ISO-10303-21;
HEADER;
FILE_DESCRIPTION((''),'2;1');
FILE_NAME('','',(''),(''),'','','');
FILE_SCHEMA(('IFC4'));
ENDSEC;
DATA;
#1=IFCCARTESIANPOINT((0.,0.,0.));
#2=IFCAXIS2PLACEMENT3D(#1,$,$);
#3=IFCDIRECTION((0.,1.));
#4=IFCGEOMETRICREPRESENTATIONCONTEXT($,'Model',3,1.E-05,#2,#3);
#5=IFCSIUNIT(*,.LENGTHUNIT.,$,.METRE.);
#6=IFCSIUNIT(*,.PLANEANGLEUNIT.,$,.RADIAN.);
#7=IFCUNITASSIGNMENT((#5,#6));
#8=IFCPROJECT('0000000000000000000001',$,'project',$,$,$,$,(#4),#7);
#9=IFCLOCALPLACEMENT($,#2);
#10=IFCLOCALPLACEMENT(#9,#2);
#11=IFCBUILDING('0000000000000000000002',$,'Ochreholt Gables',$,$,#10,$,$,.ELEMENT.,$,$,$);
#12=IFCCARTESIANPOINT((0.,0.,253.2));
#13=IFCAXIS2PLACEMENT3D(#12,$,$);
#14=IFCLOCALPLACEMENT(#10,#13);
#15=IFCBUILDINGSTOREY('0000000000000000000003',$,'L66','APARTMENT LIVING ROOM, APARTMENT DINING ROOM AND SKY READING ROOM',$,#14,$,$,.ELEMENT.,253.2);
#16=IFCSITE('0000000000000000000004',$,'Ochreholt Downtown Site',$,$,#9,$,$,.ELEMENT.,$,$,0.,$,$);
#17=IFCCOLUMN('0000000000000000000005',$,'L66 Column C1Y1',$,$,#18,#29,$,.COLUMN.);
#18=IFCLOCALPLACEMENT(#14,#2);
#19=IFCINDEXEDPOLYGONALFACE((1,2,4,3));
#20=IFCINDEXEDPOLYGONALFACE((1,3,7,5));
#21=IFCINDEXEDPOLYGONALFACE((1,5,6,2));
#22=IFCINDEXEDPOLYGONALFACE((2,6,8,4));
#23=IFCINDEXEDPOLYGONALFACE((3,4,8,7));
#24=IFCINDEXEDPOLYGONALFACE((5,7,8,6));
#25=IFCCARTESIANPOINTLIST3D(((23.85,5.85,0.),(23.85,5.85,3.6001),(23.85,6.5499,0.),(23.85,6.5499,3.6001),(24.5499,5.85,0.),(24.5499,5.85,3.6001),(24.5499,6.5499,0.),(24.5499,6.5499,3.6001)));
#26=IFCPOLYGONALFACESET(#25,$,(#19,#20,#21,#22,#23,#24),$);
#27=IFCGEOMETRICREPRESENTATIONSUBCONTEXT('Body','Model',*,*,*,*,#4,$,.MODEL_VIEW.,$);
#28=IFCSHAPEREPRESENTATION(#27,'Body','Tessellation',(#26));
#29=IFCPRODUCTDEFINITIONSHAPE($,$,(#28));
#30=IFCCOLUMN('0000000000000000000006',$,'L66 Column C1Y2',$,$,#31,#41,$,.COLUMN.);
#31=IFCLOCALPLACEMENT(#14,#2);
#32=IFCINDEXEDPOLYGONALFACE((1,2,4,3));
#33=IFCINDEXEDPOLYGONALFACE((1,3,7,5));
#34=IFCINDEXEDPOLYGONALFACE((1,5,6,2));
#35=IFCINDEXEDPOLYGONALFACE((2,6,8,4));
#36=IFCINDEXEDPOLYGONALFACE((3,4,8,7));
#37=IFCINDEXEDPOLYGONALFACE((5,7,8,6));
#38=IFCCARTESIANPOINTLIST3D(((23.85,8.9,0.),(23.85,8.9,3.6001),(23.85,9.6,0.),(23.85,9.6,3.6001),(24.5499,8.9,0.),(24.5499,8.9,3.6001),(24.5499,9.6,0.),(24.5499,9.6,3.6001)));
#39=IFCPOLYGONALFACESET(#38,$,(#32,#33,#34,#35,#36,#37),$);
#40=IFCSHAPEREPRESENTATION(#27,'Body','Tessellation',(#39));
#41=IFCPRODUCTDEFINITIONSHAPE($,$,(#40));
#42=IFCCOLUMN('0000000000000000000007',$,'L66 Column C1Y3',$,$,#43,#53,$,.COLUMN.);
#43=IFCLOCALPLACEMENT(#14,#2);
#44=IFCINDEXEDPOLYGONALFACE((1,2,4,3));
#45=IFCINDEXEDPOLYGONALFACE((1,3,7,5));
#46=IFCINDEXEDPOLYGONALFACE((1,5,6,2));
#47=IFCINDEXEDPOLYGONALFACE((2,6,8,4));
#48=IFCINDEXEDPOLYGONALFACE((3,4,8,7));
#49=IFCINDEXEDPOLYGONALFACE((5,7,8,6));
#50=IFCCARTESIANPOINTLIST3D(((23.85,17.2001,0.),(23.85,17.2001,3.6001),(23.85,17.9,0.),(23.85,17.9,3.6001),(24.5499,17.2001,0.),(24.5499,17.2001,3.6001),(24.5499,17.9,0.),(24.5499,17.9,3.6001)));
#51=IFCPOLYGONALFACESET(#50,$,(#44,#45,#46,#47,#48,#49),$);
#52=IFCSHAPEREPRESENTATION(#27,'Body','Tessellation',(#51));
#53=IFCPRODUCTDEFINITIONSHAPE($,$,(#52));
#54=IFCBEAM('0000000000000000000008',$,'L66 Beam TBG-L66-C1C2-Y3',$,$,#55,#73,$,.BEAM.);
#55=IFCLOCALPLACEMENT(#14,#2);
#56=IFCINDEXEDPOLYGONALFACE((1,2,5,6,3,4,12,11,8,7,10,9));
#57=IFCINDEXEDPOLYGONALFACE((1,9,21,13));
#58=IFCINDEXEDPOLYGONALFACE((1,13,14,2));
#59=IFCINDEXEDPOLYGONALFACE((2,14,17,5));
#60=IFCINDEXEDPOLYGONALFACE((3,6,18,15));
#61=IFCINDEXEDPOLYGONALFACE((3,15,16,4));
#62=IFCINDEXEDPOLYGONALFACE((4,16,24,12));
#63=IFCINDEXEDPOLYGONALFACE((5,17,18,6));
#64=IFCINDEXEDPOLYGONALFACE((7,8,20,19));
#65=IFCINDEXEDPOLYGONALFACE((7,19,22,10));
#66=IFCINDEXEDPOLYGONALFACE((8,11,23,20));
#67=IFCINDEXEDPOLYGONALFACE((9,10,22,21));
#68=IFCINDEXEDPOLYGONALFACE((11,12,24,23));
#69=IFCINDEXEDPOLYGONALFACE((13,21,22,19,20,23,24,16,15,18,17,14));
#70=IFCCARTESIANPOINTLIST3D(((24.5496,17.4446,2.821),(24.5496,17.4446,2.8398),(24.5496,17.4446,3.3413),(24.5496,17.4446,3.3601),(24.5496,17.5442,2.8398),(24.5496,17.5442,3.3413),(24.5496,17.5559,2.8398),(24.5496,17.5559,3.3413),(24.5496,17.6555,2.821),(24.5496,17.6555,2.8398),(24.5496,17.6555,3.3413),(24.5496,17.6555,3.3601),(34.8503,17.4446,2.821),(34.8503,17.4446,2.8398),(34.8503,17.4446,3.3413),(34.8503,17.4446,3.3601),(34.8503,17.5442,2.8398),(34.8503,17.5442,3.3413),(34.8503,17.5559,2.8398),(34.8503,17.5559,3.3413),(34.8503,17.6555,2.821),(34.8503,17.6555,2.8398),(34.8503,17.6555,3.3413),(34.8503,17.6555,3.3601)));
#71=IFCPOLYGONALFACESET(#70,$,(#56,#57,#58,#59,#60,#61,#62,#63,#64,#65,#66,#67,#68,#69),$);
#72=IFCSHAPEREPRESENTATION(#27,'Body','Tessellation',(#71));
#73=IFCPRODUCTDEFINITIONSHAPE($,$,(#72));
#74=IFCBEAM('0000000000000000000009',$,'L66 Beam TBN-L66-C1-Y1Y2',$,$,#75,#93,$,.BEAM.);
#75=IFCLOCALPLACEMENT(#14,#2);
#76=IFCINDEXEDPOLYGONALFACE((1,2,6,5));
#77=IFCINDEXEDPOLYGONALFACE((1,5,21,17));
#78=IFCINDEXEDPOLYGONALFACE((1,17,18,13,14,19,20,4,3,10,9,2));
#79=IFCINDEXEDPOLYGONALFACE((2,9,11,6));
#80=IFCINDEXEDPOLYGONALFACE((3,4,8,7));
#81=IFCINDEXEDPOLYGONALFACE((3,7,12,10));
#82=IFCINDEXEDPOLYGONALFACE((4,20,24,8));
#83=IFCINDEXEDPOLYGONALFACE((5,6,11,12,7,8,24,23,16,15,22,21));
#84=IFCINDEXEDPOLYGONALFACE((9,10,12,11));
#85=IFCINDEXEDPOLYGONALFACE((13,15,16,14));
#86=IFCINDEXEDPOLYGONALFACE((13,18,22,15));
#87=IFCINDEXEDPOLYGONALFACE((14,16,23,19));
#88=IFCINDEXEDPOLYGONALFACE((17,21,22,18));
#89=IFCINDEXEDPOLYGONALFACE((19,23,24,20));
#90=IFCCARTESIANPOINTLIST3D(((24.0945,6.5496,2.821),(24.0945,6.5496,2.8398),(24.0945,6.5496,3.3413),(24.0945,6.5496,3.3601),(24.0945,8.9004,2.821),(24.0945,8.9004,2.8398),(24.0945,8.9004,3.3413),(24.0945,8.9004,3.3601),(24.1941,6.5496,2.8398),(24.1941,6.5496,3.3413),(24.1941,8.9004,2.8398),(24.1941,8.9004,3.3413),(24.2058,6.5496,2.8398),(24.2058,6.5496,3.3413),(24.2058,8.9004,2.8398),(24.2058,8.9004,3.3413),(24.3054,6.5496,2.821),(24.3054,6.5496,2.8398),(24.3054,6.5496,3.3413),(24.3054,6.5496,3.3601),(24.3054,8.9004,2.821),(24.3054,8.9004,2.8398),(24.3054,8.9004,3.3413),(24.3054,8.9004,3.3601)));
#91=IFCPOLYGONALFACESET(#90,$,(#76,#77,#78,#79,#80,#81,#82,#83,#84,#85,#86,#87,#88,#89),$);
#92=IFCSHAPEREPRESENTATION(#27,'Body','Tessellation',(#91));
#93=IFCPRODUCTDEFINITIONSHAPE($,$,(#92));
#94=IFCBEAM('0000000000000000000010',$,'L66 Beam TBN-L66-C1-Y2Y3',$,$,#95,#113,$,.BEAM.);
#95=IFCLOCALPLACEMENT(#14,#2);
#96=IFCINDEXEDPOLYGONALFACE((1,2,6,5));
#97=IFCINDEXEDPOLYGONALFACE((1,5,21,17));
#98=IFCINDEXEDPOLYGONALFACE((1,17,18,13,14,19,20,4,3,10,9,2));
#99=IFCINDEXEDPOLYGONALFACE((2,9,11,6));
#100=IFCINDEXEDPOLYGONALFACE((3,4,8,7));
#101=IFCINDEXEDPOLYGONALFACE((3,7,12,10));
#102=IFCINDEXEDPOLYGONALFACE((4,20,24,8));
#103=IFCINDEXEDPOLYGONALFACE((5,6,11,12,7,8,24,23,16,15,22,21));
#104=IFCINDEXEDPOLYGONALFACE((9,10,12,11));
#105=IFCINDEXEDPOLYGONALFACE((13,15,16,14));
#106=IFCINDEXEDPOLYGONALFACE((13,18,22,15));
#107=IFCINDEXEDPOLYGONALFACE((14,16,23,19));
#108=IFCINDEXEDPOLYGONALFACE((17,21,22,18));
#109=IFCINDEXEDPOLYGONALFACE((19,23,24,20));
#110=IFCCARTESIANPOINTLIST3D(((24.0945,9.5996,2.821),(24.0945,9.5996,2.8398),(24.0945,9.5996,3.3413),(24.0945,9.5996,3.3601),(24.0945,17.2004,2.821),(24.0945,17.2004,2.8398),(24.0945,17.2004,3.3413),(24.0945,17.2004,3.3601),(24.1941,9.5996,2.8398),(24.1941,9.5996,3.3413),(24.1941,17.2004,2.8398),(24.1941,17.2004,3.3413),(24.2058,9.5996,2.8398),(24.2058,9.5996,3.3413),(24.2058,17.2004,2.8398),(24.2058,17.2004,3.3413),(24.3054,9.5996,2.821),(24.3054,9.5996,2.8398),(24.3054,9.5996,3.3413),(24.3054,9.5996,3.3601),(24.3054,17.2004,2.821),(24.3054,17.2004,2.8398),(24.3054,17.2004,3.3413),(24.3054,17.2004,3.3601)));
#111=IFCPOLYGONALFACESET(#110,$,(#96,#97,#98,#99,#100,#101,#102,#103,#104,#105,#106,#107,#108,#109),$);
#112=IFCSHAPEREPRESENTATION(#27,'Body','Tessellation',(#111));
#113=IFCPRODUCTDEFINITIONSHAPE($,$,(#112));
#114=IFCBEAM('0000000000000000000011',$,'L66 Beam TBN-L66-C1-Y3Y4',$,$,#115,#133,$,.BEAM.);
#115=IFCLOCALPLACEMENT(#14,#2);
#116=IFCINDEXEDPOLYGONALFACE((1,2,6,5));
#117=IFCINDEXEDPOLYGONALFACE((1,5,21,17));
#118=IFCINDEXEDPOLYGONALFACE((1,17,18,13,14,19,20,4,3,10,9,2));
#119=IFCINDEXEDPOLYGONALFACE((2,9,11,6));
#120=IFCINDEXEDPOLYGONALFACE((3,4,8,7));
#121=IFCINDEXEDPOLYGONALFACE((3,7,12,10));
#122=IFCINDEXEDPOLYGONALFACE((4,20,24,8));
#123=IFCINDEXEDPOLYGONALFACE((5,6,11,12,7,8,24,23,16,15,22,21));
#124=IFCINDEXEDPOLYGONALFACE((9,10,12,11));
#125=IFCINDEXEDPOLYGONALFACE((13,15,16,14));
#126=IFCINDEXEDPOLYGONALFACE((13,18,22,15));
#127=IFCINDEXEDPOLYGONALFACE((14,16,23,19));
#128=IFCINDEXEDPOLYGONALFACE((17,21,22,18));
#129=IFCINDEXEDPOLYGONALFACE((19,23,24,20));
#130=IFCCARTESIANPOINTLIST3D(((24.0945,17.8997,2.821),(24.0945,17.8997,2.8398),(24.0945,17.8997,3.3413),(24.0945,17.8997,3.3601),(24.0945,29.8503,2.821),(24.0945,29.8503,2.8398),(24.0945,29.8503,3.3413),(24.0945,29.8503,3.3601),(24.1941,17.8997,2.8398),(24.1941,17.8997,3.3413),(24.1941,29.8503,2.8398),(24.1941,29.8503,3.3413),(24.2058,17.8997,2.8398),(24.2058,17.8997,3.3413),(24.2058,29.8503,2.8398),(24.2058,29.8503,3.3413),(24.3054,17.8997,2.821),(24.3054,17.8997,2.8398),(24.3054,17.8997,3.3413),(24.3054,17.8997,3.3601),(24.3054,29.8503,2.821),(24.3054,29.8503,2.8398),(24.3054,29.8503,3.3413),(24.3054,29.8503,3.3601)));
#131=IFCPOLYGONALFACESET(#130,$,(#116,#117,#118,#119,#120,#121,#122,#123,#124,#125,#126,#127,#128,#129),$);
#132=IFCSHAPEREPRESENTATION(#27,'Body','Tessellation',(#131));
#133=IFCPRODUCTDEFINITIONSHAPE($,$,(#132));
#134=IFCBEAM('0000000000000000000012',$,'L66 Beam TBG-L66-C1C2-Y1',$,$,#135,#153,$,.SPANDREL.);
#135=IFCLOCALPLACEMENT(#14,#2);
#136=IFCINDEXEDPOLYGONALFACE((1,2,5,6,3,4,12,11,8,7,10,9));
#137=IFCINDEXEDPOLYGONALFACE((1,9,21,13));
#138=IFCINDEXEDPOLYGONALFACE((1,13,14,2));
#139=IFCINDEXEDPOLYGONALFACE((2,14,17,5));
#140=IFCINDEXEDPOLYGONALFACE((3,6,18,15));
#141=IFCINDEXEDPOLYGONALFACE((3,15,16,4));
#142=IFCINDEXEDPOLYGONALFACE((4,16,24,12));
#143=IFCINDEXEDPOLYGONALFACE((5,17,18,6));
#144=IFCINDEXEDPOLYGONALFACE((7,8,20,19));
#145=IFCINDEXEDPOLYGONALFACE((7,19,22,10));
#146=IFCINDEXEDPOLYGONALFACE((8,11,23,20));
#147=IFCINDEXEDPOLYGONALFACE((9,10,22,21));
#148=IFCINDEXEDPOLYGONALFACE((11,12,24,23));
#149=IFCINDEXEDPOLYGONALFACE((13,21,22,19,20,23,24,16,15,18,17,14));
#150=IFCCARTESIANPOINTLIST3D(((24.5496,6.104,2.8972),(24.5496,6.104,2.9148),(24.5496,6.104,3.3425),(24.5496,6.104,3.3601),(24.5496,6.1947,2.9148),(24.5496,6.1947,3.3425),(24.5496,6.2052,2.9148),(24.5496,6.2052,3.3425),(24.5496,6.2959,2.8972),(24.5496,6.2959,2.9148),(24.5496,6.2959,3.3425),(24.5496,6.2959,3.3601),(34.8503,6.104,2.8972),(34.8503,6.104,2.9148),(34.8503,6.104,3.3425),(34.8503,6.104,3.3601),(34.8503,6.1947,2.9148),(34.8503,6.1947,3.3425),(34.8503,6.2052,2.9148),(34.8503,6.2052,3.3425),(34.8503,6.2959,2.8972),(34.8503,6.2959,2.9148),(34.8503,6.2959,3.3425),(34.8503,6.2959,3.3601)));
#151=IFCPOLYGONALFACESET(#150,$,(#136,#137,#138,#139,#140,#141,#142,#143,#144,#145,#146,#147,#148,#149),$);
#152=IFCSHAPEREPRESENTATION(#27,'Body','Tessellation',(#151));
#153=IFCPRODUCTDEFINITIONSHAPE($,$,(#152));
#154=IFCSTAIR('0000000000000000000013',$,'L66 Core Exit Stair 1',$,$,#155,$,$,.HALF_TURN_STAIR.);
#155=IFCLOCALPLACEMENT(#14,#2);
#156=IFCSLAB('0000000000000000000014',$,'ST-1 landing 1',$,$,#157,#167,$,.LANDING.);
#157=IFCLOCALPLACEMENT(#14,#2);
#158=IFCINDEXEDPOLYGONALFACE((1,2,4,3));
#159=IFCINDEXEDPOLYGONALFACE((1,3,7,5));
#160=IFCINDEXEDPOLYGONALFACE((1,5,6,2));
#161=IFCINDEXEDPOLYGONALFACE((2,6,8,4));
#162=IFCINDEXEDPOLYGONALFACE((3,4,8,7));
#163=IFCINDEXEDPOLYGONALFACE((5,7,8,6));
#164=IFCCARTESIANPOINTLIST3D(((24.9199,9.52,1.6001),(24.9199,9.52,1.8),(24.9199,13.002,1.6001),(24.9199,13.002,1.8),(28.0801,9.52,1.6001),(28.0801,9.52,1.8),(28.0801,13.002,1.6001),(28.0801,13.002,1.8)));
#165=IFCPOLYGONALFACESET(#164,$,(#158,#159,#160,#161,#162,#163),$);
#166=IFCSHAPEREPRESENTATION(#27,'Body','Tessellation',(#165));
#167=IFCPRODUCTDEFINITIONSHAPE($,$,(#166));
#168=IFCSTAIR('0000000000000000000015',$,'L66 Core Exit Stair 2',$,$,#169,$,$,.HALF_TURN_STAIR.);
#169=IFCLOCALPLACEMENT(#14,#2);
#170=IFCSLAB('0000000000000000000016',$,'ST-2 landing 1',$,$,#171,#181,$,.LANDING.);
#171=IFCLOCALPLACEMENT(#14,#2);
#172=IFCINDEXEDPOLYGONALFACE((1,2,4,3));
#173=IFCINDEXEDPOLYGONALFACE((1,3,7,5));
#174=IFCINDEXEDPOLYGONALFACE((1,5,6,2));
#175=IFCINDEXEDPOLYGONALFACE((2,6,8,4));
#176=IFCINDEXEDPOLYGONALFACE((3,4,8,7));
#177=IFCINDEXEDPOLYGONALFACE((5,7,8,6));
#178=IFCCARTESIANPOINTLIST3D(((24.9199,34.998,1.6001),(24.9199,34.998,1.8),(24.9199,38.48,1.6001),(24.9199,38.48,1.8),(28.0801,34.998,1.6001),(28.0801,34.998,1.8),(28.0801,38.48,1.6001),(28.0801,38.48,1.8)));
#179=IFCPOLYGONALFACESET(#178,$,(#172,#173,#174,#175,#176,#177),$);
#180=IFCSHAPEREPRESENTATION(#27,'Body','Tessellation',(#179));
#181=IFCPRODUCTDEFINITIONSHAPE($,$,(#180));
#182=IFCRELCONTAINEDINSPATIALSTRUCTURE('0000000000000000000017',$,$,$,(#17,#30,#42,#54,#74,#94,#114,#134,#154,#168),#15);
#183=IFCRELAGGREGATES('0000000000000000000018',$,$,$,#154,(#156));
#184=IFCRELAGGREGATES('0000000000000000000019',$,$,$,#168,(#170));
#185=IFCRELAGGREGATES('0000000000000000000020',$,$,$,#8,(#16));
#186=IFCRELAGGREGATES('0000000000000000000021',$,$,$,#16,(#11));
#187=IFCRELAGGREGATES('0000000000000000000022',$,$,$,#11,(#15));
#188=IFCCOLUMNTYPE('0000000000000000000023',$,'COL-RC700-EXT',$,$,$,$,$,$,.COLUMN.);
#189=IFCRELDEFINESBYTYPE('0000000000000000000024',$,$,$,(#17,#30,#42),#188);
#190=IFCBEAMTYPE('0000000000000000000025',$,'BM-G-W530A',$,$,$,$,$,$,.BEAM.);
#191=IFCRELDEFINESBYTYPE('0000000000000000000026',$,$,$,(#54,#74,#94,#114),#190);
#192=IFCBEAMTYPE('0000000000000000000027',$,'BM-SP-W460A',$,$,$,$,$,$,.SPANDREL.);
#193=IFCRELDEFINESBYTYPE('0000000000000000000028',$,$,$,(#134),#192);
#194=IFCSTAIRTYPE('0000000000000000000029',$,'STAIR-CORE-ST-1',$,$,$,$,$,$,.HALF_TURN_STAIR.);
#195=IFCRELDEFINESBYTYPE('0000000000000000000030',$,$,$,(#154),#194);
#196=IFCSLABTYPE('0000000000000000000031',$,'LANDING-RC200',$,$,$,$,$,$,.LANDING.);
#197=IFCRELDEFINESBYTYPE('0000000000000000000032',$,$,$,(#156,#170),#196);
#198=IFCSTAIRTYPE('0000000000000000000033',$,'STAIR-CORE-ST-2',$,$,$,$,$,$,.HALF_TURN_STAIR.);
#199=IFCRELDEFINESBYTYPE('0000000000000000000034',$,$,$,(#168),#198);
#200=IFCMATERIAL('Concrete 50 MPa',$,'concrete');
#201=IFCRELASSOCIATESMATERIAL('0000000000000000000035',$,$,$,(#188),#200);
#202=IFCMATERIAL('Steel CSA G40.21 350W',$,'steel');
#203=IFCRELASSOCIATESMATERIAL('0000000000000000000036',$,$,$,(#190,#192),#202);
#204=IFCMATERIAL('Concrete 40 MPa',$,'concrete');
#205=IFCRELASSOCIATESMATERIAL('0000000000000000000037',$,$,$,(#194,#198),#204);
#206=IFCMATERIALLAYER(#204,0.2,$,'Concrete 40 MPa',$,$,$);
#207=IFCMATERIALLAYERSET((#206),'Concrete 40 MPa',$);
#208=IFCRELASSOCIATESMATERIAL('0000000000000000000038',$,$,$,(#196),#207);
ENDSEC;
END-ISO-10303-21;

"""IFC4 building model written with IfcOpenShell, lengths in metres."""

from ifc_helpers import new_model, si_unit, direction, frame, origin, origin_2d, place, context, subcontext, project, spatial, polyline, rectangle, i_section, outline, extrude, material, layer, layer_set, material_profile, profile_set, type_object, element, aggregate, save


model = new_model("IFC4")

# Units and contexts
model_context = context("Model", 3, precision=1e-05, world=origin(), true_north=direction((0.0, 1.0)))
body_context = subcontext(model_context, "Body", "Model", "MODEL_VIEW")
ifc_project = project(units=[si_unit("LENGTHUNIT", "METRE"), si_unit("PLANEANGLEUNIT", "RADIAN")], contexts=[model_context])

# Site, building, storey
site_placement = place(None, origin())
site = spatial("IfcSite", under=ifc_project, at=site_placement, Name="Ochreholt Downtown Site", CompositionType="ELEMENT", RefElevation=0.0)
building_placement = place(site_placement, origin())
building = spatial("IfcBuilding", under=site, at=building_placement, Name="Ochreholt Gables", CompositionType="ELEMENT")
storey_placement = place(building_placement, frame((0.0, 0.0, 253.2)))
storey = spatial("IfcBuildingStorey", under=building, at=storey_placement, Name="L66", Description="APARTMENT LIVING ROOM, APARTMENT DINING ROOM AND SKY READING ROOM", CompositionType="ELEMENT", Elevation=253.2)

# Columns
ifc_material_1 = material(Name="Concrete 50 MPa", Category="concrete")
ifc_material_profile_1 = material_profile(ifc_material_1, rectangle(XDim=0.7, YDim=0.7, at=origin_2d()), Name="RC700X700")
ifc_profile_set_1 = profile_set([ifc_material_profile_1], Name="Concrete 50 MPa")
column_type = type_object("IfcColumnType", Name="COL-RC700-EXT", PredefinedType="COLUMN", material=ifc_profile_set_1)
for number, where, z_axis, x_axis, name in (
    (1, (24.2, 6.2, 0.0), (0.0, 0.0, 1.0), (1.0, 0.0, 0.0), "L66 Column C1Y1"),
    (2, (24.2, 9.25, 0.0), (0.0, 0.0, 1.0), (1.0, 0.0, 0.0), "L66 Column C1Y2"),
    (3, (24.2, 17.55, 0.0), (0.0, 0.0, 1.0), (1.0, 0.0, 0.0), "L66 Column C1Y3"),
):
    element("IfcColumn", number, at=place(storey_placement, frame(where, z_axis=z_axis, x_axis=x_axis)), inside=storey, type_object=column_type, Name=name, PredefinedType="COLUMN", context=body_context, shape_type="SweptSolid", body=[
        extrude(rectangle(XDim=0.7, YDim=0.7, at=origin_2d()), origin(), (0.0, 0.0, 1.0), 3.6001),
    ])

# Beams
ifc_material_2 = material(Name="Steel CSA G40.21 350W", Category="steel")
ifc_material_profile_2 = material_profile(ifc_material_2, i_section(OverallWidth=0.2109, OverallDepth=0.5391, WebThickness=0.0117, FlangeThickness=0.0188, at=origin_2d()), Name="W530X109")
ifc_profile_set_2 = profile_set([ifc_material_profile_2], Name="Steel CSA G40.21 350W")
beam_type_1 = type_object("IfcBeamType", Name="BM-G-W530A", PredefinedType="BEAM", material=ifc_profile_set_2)
beam_1_placement = place(storey_placement, frame((24.5496, 17.55, 3.0906), z_axis=(1.0, 0.0, 0.0), x_axis=(0.0, 1.0, 0.0)))
element("IfcBeam", 4, at=beam_1_placement, inside=storey, type_object=beam_type_1, Name="L66 Beam TBG-L66-C1C2-Y3", PredefinedType="BEAM", context=body_context, shape_type="SweptSolid", body=[
    extrude(i_section(OverallWidth=0.2109, OverallDepth=0.5391, WebThickness=0.0117, FlangeThickness=0.0188, at=origin_2d()), origin(), (0.0, 0.0, 1.0), 10.3008),
])
beam_2_placement = place(storey_placement, frame((24.2, 6.5496, 3.0906), z_axis=(0.0, 1.0, 0.0), x_axis=(-1.0, 0.0, 0.0)))
element("IfcBeam", 5, at=beam_2_placement, inside=storey, type_object=beam_type_1, Name="L66 Beam TBN-L66-C1-Y1Y2", PredefinedType="BEAM", context=body_context, shape_type="SweptSolid", body=[
    extrude(i_section(OverallWidth=0.2109, OverallDepth=0.5391, WebThickness=0.0117, FlangeThickness=0.0188, at=origin_2d()), origin(), (0.0, 0.0, 1.0), 2.3508),
])
beam_3_placement = place(storey_placement, frame((24.2, 9.5996, 3.0906), z_axis=(0.0, 1.0, 0.0), x_axis=(-1.0, 0.0, 0.0)))
element("IfcBeam", 6, at=beam_3_placement, inside=storey, type_object=beam_type_1, Name="L66 Beam TBN-L66-C1-Y2Y3", PredefinedType="BEAM", context=body_context, shape_type="SweptSolid", body=[
    extrude(i_section(OverallWidth=0.2109, OverallDepth=0.5391, WebThickness=0.0117, FlangeThickness=0.0188, at=origin_2d()), origin(), (0.0, 0.0, 1.0), 7.6008),
])
beam_4_placement = place(storey_placement, frame((24.2, 17.8997, 3.0906), z_axis=(0.0, 1.0, 0.0), x_axis=(-1.0, 0.0, 0.0)))
element("IfcBeam", 7, at=beam_4_placement, inside=storey, type_object=beam_type_1, Name="L66 Beam TBN-L66-C1-Y3Y4", PredefinedType="BEAM", context=body_context, shape_type="SweptSolid", body=[
    extrude(i_section(OverallWidth=0.2109, OverallDepth=0.5391, WebThickness=0.0117, FlangeThickness=0.0188, at=origin_2d()), origin(), (0.0, 0.0, 1.0), 11.9507),
])
ifc_material_profile_3 = material_profile(ifc_material_2, i_section(OverallWidth=0.1919, OverallDepth=0.4629, WebThickness=0.0105, FlangeThickness=0.0176, at=origin_2d()), Name="W460X89")
ifc_profile_set_3 = profile_set([ifc_material_profile_3], Name="Steel CSA G40.21 350W")
beam_type_2 = type_object("IfcBeamType", Name="BM-SP-W460A", PredefinedType="SPANDREL", material=ifc_profile_set_3)
beam_5_placement = place(storey_placement, frame((24.5496, 6.2, 3.1287), z_axis=(1.0, 0.0, 0.0), x_axis=(0.0, 1.0, 0.0)))
element("IfcBeam", 8, at=beam_5_placement, inside=storey, type_object=beam_type_2, Name="L66 Beam TBG-L66-C1C2-Y1", PredefinedType="SPANDREL", context=body_context, shape_type="SweptSolid", body=[
    extrude(i_section(OverallWidth=0.1919, OverallDepth=0.4629, WebThickness=0.0105, FlangeThickness=0.0176, at=origin_2d()), origin(), (0.0, 0.0, 1.0), 10.3008),
])

# Stairs, slabs
ifc_material_3 = material(Name="Concrete 40 MPa", Category="concrete")
stair_type_1 = type_object("IfcStairType", Name="STAIR-CORE-ST-1", PredefinedType="HALF_TURN_STAIR", material=ifc_material_3)
stair_1_placement = place(storey_placement, origin())
stair_1 = element("IfcStair", 9, at=stair_1_placement, inside=storey, type_object=stair_type_1, Name="L66 Core Exit Stair 1", PredefinedType="HALF_TURN_STAIR")
ifc_layer_1 = layer(ifc_material_3, 0.2, Name="Concrete 40 MPa")
ifc_layer_set_1 = layer_set([ifc_layer_1], Name="Concrete 40 MPa")
slab_type_1 = type_object("IfcSlabType", Name="LANDING-RC200", PredefinedType="LANDING", material=ifc_layer_set_1)
slab_1_placement = place(storey_placement, frame((0.0, 0.0, 1.6001)))
slab_1 = element("IfcSlab", 10, at=slab_1_placement, type_object=slab_type_1, Name="ST-1 landing 1", PredefinedType="LANDING", context=body_context, shape_type="SweptSolid", body=[
    extrude(outline(polyline([(24.9199, 13.002), (24.9199, 9.52), (28.0801, 9.52), (28.0801, 13.002), (24.9199, 13.002)])), origin(), (0.0, 0.0, 1.0), 0.2),
])
aggregate(stair_1, [slab_1])
stair_type_2 = type_object("IfcStairType", Name="STAIR-CORE-ST-2", PredefinedType="HALF_TURN_STAIR", material=ifc_material_3)
stair_2_placement = place(storey_placement, origin())
stair_2 = element("IfcStair", 11, at=stair_2_placement, inside=storey, type_object=stair_type_2, Name="L66 Core Exit Stair 2", PredefinedType="HALF_TURN_STAIR")
slab_2_placement = place(storey_placement, frame((0.0, 0.0, 1.6001)))
slab_2 = element("IfcSlab", 12, at=slab_2_placement, type_object=slab_type_1, Name="ST-2 landing 1", PredefinedType="LANDING", context=body_context, shape_type="SweptSolid", body=[
    extrude(outline(polyline([(28.0801, 34.998), (28.0801, 38.48), (24.9199, 38.48), (24.9199, 34.998), (28.0801, 34.998)])), origin(), (0.0, 0.0, 1.0), 0.2),
])
aggregate(stair_2, [slab_2])

save(model, "model.ifc")
